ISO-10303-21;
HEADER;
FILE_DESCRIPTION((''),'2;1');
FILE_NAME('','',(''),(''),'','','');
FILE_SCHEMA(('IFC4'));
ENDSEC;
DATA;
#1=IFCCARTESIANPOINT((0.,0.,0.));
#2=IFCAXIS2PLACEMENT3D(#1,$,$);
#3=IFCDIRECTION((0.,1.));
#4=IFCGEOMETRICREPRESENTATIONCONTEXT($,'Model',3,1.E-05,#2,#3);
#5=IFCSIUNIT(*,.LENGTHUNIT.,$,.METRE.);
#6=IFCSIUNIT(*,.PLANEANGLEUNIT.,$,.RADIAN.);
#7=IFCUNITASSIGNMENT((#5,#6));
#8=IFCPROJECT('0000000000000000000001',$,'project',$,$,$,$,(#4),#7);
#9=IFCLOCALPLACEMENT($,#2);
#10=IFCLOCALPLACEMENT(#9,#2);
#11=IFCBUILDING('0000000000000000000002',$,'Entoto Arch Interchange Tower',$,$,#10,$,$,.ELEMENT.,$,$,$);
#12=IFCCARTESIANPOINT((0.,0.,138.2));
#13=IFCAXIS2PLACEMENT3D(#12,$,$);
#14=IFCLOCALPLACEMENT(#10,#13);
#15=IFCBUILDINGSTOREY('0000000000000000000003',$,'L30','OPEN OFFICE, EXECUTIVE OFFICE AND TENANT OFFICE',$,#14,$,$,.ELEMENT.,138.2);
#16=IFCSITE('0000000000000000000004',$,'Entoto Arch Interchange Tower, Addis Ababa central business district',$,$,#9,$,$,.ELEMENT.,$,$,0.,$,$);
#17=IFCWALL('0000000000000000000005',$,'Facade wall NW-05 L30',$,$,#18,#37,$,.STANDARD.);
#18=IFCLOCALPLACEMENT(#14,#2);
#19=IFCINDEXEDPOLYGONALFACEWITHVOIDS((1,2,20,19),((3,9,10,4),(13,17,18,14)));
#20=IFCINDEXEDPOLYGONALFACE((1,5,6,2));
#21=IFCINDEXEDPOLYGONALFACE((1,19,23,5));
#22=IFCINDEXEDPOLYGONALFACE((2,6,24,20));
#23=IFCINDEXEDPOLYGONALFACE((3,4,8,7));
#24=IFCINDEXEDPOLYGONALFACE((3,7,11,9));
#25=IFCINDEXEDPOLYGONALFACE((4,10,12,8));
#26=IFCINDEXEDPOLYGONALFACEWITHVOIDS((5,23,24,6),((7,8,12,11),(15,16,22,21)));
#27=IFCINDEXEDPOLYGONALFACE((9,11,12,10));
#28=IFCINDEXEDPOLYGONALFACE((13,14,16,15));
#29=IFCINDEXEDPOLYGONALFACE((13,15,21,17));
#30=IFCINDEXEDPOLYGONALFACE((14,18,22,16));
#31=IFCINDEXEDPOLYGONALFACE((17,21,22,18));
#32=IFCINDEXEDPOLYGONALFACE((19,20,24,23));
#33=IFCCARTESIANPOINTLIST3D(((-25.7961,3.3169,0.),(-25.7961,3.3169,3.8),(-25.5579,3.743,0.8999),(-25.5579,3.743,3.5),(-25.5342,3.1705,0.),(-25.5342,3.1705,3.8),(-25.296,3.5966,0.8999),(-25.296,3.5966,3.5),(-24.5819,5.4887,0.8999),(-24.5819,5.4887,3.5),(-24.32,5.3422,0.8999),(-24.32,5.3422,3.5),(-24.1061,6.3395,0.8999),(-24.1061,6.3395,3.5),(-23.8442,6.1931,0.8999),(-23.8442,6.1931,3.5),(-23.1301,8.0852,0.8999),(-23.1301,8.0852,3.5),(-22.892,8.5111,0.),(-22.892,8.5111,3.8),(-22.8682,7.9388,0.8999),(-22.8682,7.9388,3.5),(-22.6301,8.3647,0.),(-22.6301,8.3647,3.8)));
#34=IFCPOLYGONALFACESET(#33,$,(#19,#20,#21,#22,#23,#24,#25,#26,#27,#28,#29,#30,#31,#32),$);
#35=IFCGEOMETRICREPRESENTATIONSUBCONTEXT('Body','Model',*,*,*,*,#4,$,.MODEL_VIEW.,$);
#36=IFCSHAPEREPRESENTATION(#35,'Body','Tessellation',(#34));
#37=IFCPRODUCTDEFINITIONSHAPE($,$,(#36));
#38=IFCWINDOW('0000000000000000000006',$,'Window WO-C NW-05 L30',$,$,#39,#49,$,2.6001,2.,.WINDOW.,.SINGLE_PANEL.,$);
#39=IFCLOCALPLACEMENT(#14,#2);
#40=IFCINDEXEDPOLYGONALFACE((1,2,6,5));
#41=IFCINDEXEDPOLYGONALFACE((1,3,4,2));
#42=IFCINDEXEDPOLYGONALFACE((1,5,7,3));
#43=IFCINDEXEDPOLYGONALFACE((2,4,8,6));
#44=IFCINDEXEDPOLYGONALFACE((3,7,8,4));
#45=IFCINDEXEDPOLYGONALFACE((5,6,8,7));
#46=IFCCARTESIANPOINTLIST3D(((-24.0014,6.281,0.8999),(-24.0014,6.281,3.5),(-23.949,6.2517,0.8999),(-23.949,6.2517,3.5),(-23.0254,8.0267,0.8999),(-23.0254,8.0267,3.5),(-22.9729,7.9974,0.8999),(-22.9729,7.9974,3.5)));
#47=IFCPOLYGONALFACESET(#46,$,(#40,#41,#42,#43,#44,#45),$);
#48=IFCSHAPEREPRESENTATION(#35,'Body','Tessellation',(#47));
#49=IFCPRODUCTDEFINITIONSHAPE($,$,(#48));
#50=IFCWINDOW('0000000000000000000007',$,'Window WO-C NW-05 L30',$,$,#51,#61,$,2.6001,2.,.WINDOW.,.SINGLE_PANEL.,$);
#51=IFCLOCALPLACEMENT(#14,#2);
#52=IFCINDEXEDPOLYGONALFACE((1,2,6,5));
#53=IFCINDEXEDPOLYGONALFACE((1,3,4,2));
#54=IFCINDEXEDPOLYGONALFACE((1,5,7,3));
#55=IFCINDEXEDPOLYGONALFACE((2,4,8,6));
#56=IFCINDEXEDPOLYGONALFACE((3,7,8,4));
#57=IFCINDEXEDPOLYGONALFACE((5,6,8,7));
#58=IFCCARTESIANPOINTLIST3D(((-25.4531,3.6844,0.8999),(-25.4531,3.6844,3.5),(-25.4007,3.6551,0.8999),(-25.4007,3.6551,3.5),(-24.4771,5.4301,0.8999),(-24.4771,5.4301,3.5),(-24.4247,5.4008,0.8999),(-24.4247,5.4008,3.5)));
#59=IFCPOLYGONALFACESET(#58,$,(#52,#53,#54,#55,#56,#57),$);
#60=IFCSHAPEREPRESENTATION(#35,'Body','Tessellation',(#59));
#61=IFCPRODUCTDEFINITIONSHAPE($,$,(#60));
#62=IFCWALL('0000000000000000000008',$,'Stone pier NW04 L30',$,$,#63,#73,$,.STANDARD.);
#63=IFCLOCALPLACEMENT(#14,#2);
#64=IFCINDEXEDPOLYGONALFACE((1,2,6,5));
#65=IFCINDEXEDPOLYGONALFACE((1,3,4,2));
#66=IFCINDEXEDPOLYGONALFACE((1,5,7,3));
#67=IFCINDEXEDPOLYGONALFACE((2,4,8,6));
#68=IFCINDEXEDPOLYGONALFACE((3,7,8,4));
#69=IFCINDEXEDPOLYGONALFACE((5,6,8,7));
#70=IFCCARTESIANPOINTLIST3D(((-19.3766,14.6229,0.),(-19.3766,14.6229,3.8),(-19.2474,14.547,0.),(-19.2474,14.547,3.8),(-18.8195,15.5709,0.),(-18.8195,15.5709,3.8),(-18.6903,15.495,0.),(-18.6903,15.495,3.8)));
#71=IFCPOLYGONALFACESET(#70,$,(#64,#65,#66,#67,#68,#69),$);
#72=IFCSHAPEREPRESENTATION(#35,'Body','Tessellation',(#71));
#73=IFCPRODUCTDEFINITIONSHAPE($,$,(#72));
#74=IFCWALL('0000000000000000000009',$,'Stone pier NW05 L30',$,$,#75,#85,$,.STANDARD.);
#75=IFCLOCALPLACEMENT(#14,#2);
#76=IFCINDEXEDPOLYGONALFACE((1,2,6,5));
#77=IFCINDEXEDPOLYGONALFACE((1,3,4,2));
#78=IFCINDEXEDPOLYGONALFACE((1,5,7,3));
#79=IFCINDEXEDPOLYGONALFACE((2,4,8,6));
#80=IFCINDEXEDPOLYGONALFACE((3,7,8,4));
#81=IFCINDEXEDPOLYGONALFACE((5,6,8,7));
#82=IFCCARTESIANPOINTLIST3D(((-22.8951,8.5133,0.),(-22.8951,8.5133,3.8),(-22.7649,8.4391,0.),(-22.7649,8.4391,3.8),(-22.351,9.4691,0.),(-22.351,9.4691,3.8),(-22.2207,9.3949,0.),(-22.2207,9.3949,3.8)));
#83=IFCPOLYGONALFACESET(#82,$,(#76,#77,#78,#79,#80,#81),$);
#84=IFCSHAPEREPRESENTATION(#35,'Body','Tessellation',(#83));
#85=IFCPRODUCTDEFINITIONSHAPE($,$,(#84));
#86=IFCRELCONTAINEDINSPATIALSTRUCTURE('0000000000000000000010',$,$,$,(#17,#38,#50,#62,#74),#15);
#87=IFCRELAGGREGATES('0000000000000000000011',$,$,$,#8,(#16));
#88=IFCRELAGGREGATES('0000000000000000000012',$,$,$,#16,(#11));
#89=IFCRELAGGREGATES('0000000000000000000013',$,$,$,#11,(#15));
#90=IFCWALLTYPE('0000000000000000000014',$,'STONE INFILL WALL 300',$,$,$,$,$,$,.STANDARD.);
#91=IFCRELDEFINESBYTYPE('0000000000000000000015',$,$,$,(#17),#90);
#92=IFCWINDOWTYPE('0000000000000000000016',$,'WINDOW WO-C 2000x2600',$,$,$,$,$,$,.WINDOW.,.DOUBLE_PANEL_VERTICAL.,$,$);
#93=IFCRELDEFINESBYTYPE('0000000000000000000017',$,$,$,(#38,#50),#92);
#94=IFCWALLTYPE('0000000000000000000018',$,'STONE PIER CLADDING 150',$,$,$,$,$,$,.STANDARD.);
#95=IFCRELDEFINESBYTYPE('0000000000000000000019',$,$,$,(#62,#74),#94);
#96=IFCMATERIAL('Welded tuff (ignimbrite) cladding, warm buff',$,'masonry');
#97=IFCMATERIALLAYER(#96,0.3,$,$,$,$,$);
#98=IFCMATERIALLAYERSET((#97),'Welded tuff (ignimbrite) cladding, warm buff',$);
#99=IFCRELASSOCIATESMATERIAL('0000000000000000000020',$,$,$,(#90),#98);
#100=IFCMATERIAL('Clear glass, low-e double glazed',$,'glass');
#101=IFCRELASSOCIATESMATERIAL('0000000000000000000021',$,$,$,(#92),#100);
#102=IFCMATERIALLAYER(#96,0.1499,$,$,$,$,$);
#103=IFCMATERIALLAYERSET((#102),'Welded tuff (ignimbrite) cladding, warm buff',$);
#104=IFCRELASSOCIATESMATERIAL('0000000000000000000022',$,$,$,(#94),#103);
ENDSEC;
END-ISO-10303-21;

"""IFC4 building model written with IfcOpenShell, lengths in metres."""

from ifc_helpers import new_model, si_unit, direction, frame, frame_2d, origin, place, context, subcontext, project, spatial, rectangle, extrude, material, layer, layer_set, type_object, element, fill, save


model = new_model("IFC4")

# Units and contexts
model_context = context("Model", 3, precision=1e-05, world=origin(), true_north=direction((0.0, 1.0)))
body_context = subcontext(model_context, "Body", "Model", "MODEL_VIEW")
ifc_project = project(units=[si_unit("LENGTHUNIT", "METRE"), si_unit("PLANEANGLEUNIT", "RADIAN")], contexts=[model_context])

# Site, building, storey
site_placement = place(None, origin())
site = spatial("IfcSite", under=ifc_project, at=site_placement, Name="Entoto Arch Interchange Tower, Addis Ababa central business district", CompositionType="ELEMENT", RefElevation=0.0)
building_placement = place(site_placement, origin())
building = spatial("IfcBuilding", under=site, at=building_placement, Name="Entoto Arch Interchange Tower", CompositionType="ELEMENT")
storey_placement = place(building_placement, frame((0.0, 0.0, 138.2)))
storey = spatial("IfcBuildingStorey", under=building, at=storey_placement, Name="L30", Description="OPEN OFFICE, EXECUTIVE OFFICE AND TENANT OFFICE", CompositionType="ELEMENT", Elevation=138.2)

# Shared definitions
ifc_material_1 = material(Name="Welded tuff (ignimbrite) cladding, warm buff", Category="masonry")
ifc_layer_1 = layer(ifc_material_1, 0.3)
ifc_layer_set_1 = layer_set([ifc_layer_1], Name="Welded tuff (ignimbrite) cladding, warm buff")
wall_type_1 = type_object("IfcWallType", Name="STONE INFILL WALL 300", PredefinedType="STANDARD", material=ifc_layer_set_1)
ifc_material_2 = material(Name="Clear glass, low-e double glazed", Category="glass")
window_type = type_object("IfcWindowType", Name="WINDOW WO-C 2000x2600", PartitioningType="DOUBLE_PANEL_VERTICAL", PredefinedType="WINDOW", material=ifc_material_2)

# Wall, openings, windows
wall_1_placement = place(storey_placement, frame((-22.761, 8.438, 0.0), z_axis=(0.0, 0.0, 1.0), x_axis=(-0.48801, -0.872838, 0.0)))
wall_1 = element("IfcWall", 1, at=wall_1_placement, inside=storey, type_object=wall_type_1, Name="Facade wall NW-05 L30", PredefinedType="STANDARD", context=body_context, shape_type="SweptSolid", body=[
    extrude(rectangle(XDim=5.9509, YDim=0.3, at=frame_2d((2.9756, 0.0))), origin(), (0.0, 0.0, 1.0), 3.8),
])
opening_1_placement = place(wall_1_placement, frame((0.488, 0.0, 0.8999)))
opening_1 = element("IfcOpeningElement", 2, at=opening_1_placement, cuts=wall_1, PredefinedType="OPENING", context=body_context, shape_type="SweptSolid", body=[
    extrude(rectangle(XDim=2.0, YDim=2.6001, at=frame_2d((1.0, 1.3))), frame((0.0, 0.1602, 0.0), z_axis=(0.0, -1.0, 0.0), x_axis=(1.0, 0.0, 0.0)), (0.0, 0.0, 1.0), 0.3201),
])
opening_2_placement = place(wall_1_placement, frame((3.4629, 0.0, 0.8999)))
opening_2 = element("IfcOpeningElement", 3, at=opening_2_placement, cuts=wall_1, PredefinedType="OPENING", context=body_context, shape_type="SweptSolid", body=[
    extrude(rectangle(XDim=2.0, YDim=2.6001, at=frame_2d((1.0, 1.3))), frame((0.0, 0.1602, 0.0), z_axis=(0.0, -1.0, 0.0), x_axis=(1.0, 0.0, 0.0)), (0.0, 0.0, 1.0), 0.3201),
])
window_1_placement = place(opening_1_placement, origin())
window_1 = element("IfcWindow", 4, at=window_1_placement, inside=storey, type_object=window_type, Name="Window WO-C NW-05 L30", OverallHeight=2.6001, OverallWidth=2.0, PartitioningType="SINGLE_PANEL", PredefinedType="WINDOW", context=body_context, shape_type="SweptSolid", body=[
    extrude(rectangle(XDim=2.0, YDim=2.6001, at=frame_2d((1.0, 1.3))), frame((0.0, 0.03, 0.0), z_axis=(0.0, -1.0, 0.0), x_axis=(1.0, 0.0, 0.0)), (0.0, 0.0, 1.0), 0.0601),
])
fill(opening_1, window_1)
window_2_placement = place(opening_2_placement, origin())
window_2 = element("IfcWindow", 5, at=window_2_placement, inside=storey, type_object=window_type, Name="Window WO-C NW-05 L30", OverallHeight=2.6001, OverallWidth=2.0, PartitioningType="SINGLE_PANEL", PredefinedType="WINDOW", context=body_context, shape_type="SweptSolid", body=[
    extrude(rectangle(XDim=2.0, YDim=2.6001, at=frame_2d((1.0, 1.3))), frame((0.0, 0.03, 0.0), z_axis=(0.0, -1.0, 0.0), x_axis=(1.0, 0.0, 0.0)), (0.0, 0.0, 1.0), 0.0601),
])
fill(opening_2, window_2)

# Walls
ifc_layer_2 = layer(ifc_material_1, 0.1499)
ifc_layer_set_2 = layer_set([ifc_layer_2], Name="Welded tuff (ignimbrite) cladding, warm buff")
wall_type_2 = type_object("IfcWallType", Name="STONE PIER CLADDING 150", PredefinedType="STANDARD", material=ifc_layer_set_2)
wall_2_placement = place(storey_placement, frame((-18.7549, 15.533, 0.0), z_axis=(0.0, 0.0, 1.0), x_axis=(-0.506671, -0.86214, 0.0)))
element("IfcWall", 6, at=wall_2_placement, inside=storey, type_object=wall_type_2, Name="Stone pier NW04 L30", PredefinedType="STANDARD", context=body_context, shape_type="SweptSolid", body=[
    extrude(rectangle(XDim=1.0996, YDim=0.1499, at=frame_2d((0.5498, 0.0))), origin(), (0.0, 0.0, 1.0), 3.8),
])
wall_3_placement = place(storey_placement, frame((-22.2859, 9.4319, 0.0), z_axis=(0.0, 0.0, 1.0), x_axis=(-0.494776, -0.869021, 0.0)))
element("IfcWall", 7, at=wall_3_placement, inside=storey, type_object=wall_type_2, Name="Stone pier NW05 L30", PredefinedType="STANDARD", context=body_context, shape_type="SweptSolid", body=[
    extrude(rectangle(XDim=1.0999, YDim=0.1499, at=frame_2d((0.5498, 0.0))), origin(), (0.0, 0.0, 1.0), 3.8),
])

save(model, "model.ifc")
